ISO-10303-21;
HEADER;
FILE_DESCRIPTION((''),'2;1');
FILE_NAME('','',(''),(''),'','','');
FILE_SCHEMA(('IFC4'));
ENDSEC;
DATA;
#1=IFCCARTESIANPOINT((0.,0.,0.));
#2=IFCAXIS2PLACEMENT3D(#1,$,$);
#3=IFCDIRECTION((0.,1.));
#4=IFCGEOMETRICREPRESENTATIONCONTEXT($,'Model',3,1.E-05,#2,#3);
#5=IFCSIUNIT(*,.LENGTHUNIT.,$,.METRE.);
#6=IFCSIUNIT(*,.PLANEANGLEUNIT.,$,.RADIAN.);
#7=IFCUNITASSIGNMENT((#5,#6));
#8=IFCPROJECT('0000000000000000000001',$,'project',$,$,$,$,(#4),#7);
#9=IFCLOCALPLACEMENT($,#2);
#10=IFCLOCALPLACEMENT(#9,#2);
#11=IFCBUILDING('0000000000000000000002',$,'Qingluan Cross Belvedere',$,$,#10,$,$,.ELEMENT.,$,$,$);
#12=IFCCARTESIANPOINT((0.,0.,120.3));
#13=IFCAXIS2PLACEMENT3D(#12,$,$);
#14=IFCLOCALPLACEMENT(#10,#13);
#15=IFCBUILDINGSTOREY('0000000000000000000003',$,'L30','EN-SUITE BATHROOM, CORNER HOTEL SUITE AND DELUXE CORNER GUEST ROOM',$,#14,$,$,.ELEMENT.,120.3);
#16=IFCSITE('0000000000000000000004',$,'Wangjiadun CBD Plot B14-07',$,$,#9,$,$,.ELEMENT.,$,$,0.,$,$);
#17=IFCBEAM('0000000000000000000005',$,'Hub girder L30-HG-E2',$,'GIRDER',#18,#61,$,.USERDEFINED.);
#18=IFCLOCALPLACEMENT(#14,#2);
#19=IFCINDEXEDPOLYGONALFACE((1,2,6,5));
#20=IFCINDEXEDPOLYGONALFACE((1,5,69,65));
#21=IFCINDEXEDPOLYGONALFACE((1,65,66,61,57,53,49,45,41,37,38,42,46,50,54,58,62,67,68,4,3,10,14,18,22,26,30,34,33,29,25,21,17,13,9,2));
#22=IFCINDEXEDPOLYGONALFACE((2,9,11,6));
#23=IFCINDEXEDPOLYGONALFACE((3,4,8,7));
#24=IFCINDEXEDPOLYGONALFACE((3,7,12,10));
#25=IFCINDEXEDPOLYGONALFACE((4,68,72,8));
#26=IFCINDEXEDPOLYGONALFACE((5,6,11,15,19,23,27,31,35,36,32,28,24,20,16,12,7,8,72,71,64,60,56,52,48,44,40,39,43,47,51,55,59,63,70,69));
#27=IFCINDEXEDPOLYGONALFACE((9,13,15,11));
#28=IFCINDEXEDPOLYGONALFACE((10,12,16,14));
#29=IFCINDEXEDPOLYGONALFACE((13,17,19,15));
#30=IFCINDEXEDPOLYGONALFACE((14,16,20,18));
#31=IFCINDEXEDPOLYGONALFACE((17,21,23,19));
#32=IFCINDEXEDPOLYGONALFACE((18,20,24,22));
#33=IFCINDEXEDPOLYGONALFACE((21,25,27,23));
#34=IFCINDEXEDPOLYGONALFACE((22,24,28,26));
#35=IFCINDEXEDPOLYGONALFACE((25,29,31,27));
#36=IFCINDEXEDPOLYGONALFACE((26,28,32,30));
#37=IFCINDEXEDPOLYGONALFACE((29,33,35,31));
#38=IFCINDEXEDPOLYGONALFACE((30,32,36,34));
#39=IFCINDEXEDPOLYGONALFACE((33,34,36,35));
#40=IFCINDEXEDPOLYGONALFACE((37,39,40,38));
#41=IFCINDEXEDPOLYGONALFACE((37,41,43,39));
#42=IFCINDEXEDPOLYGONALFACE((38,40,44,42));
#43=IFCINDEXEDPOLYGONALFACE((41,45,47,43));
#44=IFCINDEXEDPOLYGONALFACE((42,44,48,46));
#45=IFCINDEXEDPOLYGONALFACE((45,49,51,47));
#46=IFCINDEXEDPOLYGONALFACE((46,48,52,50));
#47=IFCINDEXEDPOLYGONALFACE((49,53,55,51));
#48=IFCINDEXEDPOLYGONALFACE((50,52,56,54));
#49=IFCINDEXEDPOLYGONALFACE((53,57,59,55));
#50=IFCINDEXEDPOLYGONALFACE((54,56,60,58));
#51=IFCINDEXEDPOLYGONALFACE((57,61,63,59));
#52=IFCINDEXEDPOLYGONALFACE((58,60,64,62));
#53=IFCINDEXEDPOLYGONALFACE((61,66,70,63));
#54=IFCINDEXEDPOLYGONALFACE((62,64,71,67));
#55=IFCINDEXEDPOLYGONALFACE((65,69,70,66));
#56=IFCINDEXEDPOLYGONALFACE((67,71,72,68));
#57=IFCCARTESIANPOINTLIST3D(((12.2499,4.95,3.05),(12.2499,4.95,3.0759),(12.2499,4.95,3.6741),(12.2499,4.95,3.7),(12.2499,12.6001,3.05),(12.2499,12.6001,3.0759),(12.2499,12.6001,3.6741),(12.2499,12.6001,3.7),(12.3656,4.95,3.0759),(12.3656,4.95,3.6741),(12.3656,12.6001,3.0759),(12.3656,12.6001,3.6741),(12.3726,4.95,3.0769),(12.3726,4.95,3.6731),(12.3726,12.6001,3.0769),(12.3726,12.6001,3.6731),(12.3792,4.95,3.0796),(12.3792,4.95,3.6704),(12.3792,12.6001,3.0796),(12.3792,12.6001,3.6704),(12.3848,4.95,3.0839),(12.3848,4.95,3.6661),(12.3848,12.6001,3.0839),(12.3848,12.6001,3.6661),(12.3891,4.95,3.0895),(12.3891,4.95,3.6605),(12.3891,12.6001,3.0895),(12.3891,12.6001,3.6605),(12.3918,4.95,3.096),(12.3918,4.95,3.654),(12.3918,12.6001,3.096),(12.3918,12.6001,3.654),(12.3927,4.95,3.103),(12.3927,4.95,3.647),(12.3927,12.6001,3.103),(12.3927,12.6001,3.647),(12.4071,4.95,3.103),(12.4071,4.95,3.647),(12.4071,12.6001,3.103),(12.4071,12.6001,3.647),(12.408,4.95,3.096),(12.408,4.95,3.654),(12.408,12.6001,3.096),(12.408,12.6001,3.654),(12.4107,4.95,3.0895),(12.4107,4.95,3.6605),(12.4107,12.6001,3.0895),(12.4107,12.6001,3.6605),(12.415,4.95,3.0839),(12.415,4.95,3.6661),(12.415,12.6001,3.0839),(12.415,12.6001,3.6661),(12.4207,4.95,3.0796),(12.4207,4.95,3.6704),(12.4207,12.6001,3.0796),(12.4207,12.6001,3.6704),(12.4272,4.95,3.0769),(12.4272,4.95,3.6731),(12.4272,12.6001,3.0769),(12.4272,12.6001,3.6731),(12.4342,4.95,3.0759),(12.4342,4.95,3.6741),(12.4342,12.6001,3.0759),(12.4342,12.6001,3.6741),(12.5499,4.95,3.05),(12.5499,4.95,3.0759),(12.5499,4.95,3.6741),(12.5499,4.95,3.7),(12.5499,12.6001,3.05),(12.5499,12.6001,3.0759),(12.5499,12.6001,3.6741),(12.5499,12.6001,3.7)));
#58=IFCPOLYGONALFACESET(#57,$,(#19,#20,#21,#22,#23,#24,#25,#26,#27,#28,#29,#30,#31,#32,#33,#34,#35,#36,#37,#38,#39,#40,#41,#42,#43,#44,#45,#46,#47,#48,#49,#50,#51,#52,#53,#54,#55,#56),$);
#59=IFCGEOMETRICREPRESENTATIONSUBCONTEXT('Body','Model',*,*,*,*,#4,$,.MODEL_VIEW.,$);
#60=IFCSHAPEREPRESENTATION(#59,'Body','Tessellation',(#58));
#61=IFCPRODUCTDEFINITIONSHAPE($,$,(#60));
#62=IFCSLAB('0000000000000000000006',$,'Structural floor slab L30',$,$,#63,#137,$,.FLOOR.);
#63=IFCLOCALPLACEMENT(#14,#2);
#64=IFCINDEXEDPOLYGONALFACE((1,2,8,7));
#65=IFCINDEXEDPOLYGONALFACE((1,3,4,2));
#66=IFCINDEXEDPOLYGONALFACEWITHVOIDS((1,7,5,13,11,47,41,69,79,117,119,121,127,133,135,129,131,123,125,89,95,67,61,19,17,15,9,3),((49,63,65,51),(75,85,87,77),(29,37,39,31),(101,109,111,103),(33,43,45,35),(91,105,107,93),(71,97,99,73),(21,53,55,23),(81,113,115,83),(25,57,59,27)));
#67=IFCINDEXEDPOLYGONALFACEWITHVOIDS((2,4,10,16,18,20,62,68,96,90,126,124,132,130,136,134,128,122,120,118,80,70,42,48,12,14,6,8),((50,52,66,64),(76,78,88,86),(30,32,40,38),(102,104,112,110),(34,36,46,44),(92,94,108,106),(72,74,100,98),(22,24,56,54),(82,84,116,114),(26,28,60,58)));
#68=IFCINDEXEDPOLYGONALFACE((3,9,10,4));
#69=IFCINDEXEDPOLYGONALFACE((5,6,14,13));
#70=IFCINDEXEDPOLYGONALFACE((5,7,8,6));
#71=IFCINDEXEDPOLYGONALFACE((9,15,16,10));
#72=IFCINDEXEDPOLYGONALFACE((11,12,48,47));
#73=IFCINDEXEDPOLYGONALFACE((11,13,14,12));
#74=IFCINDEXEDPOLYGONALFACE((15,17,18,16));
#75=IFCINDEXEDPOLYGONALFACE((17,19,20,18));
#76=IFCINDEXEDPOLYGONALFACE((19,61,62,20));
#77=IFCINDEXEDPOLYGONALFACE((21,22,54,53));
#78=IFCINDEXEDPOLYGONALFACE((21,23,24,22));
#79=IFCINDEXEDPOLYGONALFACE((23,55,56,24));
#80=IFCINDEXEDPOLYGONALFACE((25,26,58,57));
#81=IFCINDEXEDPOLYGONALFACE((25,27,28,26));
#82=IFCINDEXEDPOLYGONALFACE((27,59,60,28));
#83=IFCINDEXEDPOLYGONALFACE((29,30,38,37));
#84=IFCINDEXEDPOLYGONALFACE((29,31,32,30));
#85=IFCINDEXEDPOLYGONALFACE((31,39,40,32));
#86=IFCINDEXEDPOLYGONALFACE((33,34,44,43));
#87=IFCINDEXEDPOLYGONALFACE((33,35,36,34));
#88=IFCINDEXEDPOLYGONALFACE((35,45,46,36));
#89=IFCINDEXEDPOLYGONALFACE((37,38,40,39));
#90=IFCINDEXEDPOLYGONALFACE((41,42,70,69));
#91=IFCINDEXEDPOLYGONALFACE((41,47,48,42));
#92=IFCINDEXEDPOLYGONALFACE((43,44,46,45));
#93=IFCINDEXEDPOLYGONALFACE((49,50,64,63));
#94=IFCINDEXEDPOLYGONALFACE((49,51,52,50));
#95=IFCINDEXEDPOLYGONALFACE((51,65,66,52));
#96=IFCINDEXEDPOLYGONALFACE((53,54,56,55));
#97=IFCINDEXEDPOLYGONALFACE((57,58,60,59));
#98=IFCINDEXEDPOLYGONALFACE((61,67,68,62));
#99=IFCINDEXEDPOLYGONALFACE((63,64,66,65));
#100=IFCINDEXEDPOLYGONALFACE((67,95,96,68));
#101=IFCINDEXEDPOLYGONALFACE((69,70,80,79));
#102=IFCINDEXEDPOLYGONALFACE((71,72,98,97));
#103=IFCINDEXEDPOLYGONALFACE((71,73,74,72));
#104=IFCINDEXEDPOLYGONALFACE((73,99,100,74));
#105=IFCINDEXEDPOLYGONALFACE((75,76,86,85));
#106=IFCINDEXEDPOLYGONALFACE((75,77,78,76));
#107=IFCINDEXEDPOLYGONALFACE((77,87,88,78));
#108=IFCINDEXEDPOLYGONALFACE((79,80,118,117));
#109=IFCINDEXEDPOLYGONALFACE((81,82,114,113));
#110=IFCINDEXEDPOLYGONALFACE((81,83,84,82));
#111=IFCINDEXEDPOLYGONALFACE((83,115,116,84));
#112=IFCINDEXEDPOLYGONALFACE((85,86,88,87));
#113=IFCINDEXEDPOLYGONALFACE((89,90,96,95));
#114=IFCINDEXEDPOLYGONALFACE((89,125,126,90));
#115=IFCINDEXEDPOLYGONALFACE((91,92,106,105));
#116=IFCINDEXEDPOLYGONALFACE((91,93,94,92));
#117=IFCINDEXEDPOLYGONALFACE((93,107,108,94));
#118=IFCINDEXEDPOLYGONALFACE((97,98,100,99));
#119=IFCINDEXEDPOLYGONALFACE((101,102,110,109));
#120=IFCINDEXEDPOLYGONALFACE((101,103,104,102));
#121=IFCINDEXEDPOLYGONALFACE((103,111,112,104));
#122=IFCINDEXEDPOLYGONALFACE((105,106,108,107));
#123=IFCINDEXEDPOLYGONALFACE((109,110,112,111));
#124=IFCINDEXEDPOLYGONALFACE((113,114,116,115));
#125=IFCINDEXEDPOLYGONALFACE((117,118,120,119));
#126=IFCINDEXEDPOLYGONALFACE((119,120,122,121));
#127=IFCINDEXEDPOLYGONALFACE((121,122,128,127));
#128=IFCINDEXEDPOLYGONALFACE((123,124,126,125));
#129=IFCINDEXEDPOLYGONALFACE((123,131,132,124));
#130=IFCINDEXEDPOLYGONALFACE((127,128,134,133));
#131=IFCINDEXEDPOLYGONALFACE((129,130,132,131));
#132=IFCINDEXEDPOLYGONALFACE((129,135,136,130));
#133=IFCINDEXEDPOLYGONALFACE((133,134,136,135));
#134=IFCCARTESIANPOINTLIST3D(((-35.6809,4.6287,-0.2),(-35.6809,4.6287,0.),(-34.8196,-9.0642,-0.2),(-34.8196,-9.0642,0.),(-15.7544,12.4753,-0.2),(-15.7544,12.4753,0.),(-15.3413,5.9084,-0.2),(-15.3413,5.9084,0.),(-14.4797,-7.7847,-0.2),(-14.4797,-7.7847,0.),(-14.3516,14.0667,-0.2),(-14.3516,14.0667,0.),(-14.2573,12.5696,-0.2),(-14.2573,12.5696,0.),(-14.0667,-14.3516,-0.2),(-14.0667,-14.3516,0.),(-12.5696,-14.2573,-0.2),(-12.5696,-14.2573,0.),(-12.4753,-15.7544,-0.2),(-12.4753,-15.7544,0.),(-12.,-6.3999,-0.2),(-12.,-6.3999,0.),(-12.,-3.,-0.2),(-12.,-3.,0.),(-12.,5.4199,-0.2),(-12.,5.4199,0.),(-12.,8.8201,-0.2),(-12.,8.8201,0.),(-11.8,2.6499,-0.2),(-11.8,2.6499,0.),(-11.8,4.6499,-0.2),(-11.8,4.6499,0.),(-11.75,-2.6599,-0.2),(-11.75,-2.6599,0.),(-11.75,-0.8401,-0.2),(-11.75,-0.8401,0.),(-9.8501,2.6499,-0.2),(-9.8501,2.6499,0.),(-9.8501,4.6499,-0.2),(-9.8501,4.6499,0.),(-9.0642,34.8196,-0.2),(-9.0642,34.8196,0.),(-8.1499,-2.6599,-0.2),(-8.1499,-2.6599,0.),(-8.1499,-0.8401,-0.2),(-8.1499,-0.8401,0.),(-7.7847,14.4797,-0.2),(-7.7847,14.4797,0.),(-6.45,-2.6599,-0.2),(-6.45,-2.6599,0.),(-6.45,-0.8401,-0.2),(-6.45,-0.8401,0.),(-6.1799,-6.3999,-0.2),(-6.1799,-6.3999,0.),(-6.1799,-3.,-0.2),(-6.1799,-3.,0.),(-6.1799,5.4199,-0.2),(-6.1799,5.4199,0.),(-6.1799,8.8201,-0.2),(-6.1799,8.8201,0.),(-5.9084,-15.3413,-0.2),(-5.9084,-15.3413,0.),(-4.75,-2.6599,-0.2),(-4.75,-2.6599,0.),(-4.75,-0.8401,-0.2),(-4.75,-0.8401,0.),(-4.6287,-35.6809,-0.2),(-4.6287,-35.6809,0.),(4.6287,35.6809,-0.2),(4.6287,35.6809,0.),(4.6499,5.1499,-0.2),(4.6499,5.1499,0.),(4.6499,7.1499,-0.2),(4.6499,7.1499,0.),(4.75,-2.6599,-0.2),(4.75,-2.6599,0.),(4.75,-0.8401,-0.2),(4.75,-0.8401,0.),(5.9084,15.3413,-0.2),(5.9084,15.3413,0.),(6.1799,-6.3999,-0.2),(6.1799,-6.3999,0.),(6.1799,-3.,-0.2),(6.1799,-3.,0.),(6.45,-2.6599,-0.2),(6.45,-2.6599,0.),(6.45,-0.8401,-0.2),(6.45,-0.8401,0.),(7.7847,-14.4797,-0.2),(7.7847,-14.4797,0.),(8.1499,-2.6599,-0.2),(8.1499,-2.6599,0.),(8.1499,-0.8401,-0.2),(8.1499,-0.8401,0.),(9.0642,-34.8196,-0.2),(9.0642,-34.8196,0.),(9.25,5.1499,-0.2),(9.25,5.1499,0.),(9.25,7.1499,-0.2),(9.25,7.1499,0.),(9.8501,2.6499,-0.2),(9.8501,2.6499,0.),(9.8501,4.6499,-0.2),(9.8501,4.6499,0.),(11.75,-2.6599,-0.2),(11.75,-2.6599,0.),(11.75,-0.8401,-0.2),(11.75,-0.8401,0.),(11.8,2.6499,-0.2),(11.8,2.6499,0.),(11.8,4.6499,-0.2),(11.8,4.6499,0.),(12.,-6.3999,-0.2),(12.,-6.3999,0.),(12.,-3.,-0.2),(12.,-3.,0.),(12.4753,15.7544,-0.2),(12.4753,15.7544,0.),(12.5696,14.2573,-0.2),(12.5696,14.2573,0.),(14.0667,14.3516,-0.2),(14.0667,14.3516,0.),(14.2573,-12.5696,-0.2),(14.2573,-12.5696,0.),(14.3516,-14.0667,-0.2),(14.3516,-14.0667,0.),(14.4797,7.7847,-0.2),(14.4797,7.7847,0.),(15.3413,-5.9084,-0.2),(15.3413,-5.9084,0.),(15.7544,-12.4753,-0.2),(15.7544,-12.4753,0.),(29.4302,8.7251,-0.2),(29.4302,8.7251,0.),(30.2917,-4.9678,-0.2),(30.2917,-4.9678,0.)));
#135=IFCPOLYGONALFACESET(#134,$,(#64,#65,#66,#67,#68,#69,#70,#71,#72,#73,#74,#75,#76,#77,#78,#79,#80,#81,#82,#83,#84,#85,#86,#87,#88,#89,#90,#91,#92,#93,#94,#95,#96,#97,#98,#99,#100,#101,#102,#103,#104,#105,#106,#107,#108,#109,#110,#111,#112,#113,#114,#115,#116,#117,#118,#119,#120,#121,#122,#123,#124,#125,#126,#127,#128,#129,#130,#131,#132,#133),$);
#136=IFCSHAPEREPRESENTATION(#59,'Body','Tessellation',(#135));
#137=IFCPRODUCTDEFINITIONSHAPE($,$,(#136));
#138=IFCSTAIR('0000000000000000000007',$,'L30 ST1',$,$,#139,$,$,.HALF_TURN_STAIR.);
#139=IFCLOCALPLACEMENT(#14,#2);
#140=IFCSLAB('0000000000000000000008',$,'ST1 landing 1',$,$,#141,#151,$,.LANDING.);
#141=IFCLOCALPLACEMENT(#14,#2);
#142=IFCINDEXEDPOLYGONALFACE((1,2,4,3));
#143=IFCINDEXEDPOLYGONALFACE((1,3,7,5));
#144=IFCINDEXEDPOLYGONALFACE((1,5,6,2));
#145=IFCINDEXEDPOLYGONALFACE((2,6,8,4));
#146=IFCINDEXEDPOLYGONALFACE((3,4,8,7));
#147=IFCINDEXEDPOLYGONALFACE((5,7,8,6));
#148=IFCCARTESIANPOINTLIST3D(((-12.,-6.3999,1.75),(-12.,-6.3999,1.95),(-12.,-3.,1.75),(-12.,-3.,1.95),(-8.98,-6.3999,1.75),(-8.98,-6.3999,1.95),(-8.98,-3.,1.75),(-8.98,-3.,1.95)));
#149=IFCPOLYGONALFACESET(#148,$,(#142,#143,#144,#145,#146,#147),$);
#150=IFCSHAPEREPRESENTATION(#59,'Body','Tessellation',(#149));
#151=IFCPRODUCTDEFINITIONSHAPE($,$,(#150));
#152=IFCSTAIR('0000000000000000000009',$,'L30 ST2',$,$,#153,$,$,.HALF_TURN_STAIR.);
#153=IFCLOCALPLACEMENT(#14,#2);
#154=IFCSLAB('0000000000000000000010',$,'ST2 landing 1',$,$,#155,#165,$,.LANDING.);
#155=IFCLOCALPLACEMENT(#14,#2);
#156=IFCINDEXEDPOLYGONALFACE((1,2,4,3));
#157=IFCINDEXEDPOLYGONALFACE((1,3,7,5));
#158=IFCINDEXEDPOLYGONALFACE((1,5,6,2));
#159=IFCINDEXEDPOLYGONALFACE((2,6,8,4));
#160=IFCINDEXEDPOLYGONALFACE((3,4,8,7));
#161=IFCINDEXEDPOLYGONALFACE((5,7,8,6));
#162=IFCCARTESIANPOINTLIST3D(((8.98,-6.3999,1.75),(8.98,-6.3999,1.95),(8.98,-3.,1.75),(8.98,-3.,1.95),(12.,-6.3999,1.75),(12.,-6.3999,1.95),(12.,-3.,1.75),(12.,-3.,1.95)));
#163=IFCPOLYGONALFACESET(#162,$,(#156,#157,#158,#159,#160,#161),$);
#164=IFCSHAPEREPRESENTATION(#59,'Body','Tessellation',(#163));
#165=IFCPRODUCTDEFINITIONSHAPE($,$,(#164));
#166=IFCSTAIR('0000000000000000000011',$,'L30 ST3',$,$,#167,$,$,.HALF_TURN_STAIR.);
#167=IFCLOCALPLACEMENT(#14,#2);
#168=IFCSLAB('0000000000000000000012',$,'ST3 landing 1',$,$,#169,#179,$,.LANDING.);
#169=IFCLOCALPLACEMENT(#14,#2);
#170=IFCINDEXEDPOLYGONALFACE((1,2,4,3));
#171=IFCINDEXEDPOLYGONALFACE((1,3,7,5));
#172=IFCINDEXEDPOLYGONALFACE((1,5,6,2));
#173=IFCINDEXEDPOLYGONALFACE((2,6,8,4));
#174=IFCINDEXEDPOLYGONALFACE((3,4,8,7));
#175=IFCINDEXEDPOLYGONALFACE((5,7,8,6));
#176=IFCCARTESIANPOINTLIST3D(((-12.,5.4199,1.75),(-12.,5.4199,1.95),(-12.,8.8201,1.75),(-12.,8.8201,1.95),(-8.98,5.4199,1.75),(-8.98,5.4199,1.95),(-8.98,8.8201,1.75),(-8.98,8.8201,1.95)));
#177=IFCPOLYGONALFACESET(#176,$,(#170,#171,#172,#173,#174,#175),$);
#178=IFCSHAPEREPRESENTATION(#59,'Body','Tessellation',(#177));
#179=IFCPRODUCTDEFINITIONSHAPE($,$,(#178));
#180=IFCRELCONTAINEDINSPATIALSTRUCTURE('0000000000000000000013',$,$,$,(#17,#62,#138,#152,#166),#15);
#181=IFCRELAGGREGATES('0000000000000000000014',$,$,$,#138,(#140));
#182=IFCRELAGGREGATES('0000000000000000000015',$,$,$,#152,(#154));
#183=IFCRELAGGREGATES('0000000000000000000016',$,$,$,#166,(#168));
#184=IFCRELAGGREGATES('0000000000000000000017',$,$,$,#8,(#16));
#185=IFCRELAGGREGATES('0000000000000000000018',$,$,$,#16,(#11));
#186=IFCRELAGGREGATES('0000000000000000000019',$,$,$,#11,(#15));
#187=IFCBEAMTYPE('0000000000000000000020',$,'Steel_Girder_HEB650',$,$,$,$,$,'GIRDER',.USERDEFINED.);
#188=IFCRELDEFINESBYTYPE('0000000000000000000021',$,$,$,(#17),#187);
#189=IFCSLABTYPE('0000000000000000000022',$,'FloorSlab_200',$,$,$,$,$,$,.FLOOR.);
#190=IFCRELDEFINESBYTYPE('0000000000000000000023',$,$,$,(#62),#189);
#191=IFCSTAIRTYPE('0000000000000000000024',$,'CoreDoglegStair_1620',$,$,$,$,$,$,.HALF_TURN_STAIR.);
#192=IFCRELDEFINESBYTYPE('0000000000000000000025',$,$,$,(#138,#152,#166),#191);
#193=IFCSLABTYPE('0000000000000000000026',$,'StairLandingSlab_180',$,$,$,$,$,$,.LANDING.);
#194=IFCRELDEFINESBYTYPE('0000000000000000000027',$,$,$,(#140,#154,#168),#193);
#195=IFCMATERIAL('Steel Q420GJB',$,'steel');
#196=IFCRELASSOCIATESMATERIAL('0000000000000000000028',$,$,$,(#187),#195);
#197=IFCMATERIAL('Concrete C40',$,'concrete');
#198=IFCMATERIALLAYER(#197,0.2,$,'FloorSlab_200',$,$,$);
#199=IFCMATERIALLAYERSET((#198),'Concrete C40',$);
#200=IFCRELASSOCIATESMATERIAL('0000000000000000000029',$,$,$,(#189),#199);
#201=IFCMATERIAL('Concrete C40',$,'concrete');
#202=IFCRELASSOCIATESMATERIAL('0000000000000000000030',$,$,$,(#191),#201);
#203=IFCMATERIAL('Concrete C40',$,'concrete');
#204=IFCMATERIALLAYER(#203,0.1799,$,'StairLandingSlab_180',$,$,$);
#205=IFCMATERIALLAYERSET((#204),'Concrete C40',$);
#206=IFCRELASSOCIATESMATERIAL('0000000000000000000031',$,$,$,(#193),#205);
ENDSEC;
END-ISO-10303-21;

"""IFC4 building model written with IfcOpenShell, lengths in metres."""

from ifc_helpers import new_model, si_unit, direction, frame, origin, origin_2d, place, context, subcontext, project, spatial, polyline, i_section, outline, extrude, material, layer, layer_set, material_profile, profile_set, type_object, element, aggregate, save


model = new_model("IFC4")

# Units and contexts
model_context = context("Model", 3, precision=1e-05, world=origin(), true_north=direction((0.0, 1.0)))
body_context = subcontext(model_context, "Body", "Model", "MODEL_VIEW")
ifc_project = project(units=[si_unit("LENGTHUNIT", "METRE"), si_unit("PLANEANGLEUNIT", "RADIAN")], contexts=[model_context])

# Site, building, storey
site_placement = place(None, origin())
site = spatial("IfcSite", under=ifc_project, at=site_placement, Name="Wangjiadun CBD Plot B14-07", CompositionType="ELEMENT", RefElevation=0.0)
building_placement = place(site_placement, origin())
building = spatial("IfcBuilding", under=site, at=building_placement, Name="Qingluan Cross Belvedere", CompositionType="ELEMENT")
storey_placement = place(building_placement, frame((0.0, 0.0, 120.3)))
storey = spatial("IfcBuildingStorey", under=building, at=storey_placement, Name="L30", Description="EN-SUITE BATHROOM, CORNER HOTEL SUITE AND DELUXE CORNER GUEST ROOM", CompositionType="ELEMENT", Elevation=120.3)

# Beam
ifc_material_1 = material(Name="Steel Q420GJB", Category="steel")
ifc_material_profile = material_profile(ifc_material_1, i_section(OverallWidth=0.3, OverallDepth=0.6499, WebThickness=0.0144, FlangeThickness=0.0259, FilletRadius=0.0271, at=origin_2d()), Name="HEB650")
ifc_profile_set = profile_set([ifc_material_profile], Name="Steel Q420GJB")
beam_type = type_object("IfcBeamType", Name="Steel_Girder_HEB650", ElementType="GIRDER", PredefinedType="USERDEFINED", material=ifc_profile_set)
beam_placement = place(storey_placement, frame((12.3999, 4.95, 3.375), z_axis=(0.0, 1.0, 0.0), x_axis=(-1.0, 0.0, 0.0)))
element("IfcBeam", 1, at=beam_placement, inside=storey, type_object=beam_type, Name="Hub girder L30-HG-E2", ObjectType="GIRDER", PredefinedType="USERDEFINED", context=body_context, shape_type="SweptSolid", body=[
    extrude(i_section(OverallWidth=0.3, OverallDepth=0.6499, WebThickness=0.0144, FlangeThickness=0.0259, FilletRadius=0.0271, at=origin_2d()), origin(), (0.0, 0.0, 1.0), 7.6501),
])

# Slab
ifc_material_2 = material(Name="Concrete C40", Category="concrete")
ifc_layer_1 = layer(ifc_material_2, 0.2, Name="FloorSlab_200")
ifc_layer_set_1 = layer_set([ifc_layer_1], Name="Concrete C40")
slab_type_1 = type_object("IfcSlabType", Name="FloorSlab_200", PredefinedType="FLOOR", material=ifc_layer_set_1)
slab_1_placement = place(storey_placement, frame((0.0, 0.0, -0.2)))
element("IfcSlab", 2, at=slab_1_placement, inside=storey, type_object=slab_type_1, Name="Structural floor slab L30", PredefinedType="FLOOR", context=body_context, shape_type="SweptSolid", body=[
    extrude(outline(polyline([(9.0642, -34.8196), (7.7847, -14.4797), (14.3516, -14.0667), (14.2573, -12.5696), (15.7544, -12.4753), (15.3413, -5.9084), (30.2917, -4.9678), (29.4302, 8.7251), (14.4797, 7.7847), (14.0667, 14.3516), (12.5696, 14.2573), (12.4753, 15.7544), (5.9084, 15.3413), (4.6287, 35.6809), (-9.0642, 34.8196), (-7.7847, 14.4797), (-14.3516, 14.0667), (-14.2573, 12.5696), (-15.7544, 12.4753), (-15.3413, 5.9084), (-35.6809, 4.6287), (-34.8196, -9.0642), (-14.4797, -7.7847), (-14.0667, -14.3516), (-12.5696, -14.2573), (-12.4753, -15.7544), (-5.9084, -15.3413), (-4.6287, -35.6809), (9.0642, -34.8196)]), holes=[polyline([(-12.0, -3.0), (-6.1799, -3.0), (-6.1799, -6.3999), (-12.0, -6.3999), (-12.0, -3.0)]), polyline([(6.1799, -3.0), (12.0, -3.0), (12.0, -6.3999), (6.1799, -6.3999), (6.1799, -3.0)]), polyline([(-12.0, 8.8201), (-6.1799, 8.8201), (-6.1799, 5.4199), (-12.0, 5.4199), (-12.0, 8.8201)]), polyline([(-11.8, 4.6499), (-9.8501, 4.6499), (-9.8501, 2.6499), (-11.8, 2.6499), (-11.8, 4.6499)]), polyline([(9.8501, 4.6499), (11.8, 4.6499), (11.8, 2.6499), (9.8501, 2.6499), (9.8501, 4.6499)]), polyline([(-11.75, -0.8401), (-8.1499, -0.8401), (-8.1499, -2.6599), (-11.75, -2.6599), (-11.75, -0.8401)]), polyline([(-6.45, -0.8401), (-4.75, -0.8401), (-4.75, -2.6599), (-6.45, -2.6599), (-6.45, -0.8401)]), polyline([(4.75, -0.8401), (6.45, -0.8401), (6.45, -2.6599), (4.75, -2.6599), (4.75, -0.8401)]), polyline([(8.1499, -0.8401), (11.75, -0.8401), (11.75, -2.6599), (8.1499, -2.6599), (8.1499, -0.8401)]), polyline([(4.6499, 7.1499), (9.25, 7.1499), (9.25, 5.1499), (4.6499, 5.1499), (4.6499, 7.1499)])]), origin(), (0.0, 0.0, 1.0), 0.2),
])

# Stairs, slabs
ifc_material_3 = material(Name="Concrete C40", Category="concrete")
stair_type = type_object("IfcStairType", Name="CoreDoglegStair_1620", PredefinedType="HALF_TURN_STAIR", material=ifc_material_3)
stair_1_placement = place(storey_placement, origin())
stair_1 = element("IfcStair", 3, at=stair_1_placement, inside=storey, type_object=stair_type, Name="L30 ST1", PredefinedType="HALF_TURN_STAIR")
ifc_material_4 = material(Name="Concrete C40", Category="concrete")
ifc_layer_2 = layer(ifc_material_4, 0.1799, Name="StairLandingSlab_180")
ifc_layer_set_2 = layer_set([ifc_layer_2], Name="Concrete C40")
slab_type_2 = type_object("IfcSlabType", Name="StairLandingSlab_180", PredefinedType="LANDING", material=ifc_layer_set_2)
slab_2_placement = place(storey_placement, frame((0.0, 0.0, 1.75)))
slab_2 = element("IfcSlab", 4, at=slab_2_placement, type_object=slab_type_2, Name="ST1 landing 1", PredefinedType="LANDING", context=body_context, shape_type="SweptSolid", body=[
    extrude(outline(polyline([(-8.98, -3.0), (-12.0, -3.0), (-12.0, -6.3999), (-8.98, -6.3999), (-8.98, -3.0)])), origin(), (0.0, 0.0, 1.0), 0.2),
])
aggregate(stair_1, [slab_2])
stair_2_placement = place(storey_placement, origin())
stair_2 = element("IfcStair", 5, at=stair_2_placement, inside=storey, type_object=stair_type, Name="L30 ST2", PredefinedType="HALF_TURN_STAIR")
slab_3_placement = place(storey_placement, frame((0.0, 0.0, 1.75)))
slab_3 = element("IfcSlab", 6, at=slab_3_placement, type_object=slab_type_2, Name="ST2 landing 1", PredefinedType="LANDING", context=body_context, shape_type="SweptSolid", body=[
    extrude(outline(polyline([(8.98, -6.3999), (12.0, -6.3999), (12.0, -3.0), (8.98, -3.0), (8.98, -6.3999)])), origin(), (0.0, 0.0, 1.0), 0.2),
])
aggregate(stair_2, [slab_3])
stair_3_placement = place(storey_placement, origin())
stair_3 = element("IfcStair", 7, at=stair_3_placement, inside=storey, type_object=stair_type, Name="L30 ST3", PredefinedType="HALF_TURN_STAIR")
slab_4_placement = place(storey_placement, frame((0.0, 0.0, 1.75)))
slab_4 = element("IfcSlab", 8, at=slab_4_placement, type_object=slab_type_2, Name="ST3 landing 1", PredefinedType="LANDING", context=body_context, shape_type="SweptSolid", body=[
    extrude(outline(polyline([(-8.98, 8.8201), (-12.0, 8.8201), (-12.0, 5.4199), (-8.98, 5.4199), (-8.98, 8.8201)])), origin(), (0.0, 0.0, 1.0), 0.2),
])
aggregate(stair_3, [slab_4])

save(model, "model.ifc")
